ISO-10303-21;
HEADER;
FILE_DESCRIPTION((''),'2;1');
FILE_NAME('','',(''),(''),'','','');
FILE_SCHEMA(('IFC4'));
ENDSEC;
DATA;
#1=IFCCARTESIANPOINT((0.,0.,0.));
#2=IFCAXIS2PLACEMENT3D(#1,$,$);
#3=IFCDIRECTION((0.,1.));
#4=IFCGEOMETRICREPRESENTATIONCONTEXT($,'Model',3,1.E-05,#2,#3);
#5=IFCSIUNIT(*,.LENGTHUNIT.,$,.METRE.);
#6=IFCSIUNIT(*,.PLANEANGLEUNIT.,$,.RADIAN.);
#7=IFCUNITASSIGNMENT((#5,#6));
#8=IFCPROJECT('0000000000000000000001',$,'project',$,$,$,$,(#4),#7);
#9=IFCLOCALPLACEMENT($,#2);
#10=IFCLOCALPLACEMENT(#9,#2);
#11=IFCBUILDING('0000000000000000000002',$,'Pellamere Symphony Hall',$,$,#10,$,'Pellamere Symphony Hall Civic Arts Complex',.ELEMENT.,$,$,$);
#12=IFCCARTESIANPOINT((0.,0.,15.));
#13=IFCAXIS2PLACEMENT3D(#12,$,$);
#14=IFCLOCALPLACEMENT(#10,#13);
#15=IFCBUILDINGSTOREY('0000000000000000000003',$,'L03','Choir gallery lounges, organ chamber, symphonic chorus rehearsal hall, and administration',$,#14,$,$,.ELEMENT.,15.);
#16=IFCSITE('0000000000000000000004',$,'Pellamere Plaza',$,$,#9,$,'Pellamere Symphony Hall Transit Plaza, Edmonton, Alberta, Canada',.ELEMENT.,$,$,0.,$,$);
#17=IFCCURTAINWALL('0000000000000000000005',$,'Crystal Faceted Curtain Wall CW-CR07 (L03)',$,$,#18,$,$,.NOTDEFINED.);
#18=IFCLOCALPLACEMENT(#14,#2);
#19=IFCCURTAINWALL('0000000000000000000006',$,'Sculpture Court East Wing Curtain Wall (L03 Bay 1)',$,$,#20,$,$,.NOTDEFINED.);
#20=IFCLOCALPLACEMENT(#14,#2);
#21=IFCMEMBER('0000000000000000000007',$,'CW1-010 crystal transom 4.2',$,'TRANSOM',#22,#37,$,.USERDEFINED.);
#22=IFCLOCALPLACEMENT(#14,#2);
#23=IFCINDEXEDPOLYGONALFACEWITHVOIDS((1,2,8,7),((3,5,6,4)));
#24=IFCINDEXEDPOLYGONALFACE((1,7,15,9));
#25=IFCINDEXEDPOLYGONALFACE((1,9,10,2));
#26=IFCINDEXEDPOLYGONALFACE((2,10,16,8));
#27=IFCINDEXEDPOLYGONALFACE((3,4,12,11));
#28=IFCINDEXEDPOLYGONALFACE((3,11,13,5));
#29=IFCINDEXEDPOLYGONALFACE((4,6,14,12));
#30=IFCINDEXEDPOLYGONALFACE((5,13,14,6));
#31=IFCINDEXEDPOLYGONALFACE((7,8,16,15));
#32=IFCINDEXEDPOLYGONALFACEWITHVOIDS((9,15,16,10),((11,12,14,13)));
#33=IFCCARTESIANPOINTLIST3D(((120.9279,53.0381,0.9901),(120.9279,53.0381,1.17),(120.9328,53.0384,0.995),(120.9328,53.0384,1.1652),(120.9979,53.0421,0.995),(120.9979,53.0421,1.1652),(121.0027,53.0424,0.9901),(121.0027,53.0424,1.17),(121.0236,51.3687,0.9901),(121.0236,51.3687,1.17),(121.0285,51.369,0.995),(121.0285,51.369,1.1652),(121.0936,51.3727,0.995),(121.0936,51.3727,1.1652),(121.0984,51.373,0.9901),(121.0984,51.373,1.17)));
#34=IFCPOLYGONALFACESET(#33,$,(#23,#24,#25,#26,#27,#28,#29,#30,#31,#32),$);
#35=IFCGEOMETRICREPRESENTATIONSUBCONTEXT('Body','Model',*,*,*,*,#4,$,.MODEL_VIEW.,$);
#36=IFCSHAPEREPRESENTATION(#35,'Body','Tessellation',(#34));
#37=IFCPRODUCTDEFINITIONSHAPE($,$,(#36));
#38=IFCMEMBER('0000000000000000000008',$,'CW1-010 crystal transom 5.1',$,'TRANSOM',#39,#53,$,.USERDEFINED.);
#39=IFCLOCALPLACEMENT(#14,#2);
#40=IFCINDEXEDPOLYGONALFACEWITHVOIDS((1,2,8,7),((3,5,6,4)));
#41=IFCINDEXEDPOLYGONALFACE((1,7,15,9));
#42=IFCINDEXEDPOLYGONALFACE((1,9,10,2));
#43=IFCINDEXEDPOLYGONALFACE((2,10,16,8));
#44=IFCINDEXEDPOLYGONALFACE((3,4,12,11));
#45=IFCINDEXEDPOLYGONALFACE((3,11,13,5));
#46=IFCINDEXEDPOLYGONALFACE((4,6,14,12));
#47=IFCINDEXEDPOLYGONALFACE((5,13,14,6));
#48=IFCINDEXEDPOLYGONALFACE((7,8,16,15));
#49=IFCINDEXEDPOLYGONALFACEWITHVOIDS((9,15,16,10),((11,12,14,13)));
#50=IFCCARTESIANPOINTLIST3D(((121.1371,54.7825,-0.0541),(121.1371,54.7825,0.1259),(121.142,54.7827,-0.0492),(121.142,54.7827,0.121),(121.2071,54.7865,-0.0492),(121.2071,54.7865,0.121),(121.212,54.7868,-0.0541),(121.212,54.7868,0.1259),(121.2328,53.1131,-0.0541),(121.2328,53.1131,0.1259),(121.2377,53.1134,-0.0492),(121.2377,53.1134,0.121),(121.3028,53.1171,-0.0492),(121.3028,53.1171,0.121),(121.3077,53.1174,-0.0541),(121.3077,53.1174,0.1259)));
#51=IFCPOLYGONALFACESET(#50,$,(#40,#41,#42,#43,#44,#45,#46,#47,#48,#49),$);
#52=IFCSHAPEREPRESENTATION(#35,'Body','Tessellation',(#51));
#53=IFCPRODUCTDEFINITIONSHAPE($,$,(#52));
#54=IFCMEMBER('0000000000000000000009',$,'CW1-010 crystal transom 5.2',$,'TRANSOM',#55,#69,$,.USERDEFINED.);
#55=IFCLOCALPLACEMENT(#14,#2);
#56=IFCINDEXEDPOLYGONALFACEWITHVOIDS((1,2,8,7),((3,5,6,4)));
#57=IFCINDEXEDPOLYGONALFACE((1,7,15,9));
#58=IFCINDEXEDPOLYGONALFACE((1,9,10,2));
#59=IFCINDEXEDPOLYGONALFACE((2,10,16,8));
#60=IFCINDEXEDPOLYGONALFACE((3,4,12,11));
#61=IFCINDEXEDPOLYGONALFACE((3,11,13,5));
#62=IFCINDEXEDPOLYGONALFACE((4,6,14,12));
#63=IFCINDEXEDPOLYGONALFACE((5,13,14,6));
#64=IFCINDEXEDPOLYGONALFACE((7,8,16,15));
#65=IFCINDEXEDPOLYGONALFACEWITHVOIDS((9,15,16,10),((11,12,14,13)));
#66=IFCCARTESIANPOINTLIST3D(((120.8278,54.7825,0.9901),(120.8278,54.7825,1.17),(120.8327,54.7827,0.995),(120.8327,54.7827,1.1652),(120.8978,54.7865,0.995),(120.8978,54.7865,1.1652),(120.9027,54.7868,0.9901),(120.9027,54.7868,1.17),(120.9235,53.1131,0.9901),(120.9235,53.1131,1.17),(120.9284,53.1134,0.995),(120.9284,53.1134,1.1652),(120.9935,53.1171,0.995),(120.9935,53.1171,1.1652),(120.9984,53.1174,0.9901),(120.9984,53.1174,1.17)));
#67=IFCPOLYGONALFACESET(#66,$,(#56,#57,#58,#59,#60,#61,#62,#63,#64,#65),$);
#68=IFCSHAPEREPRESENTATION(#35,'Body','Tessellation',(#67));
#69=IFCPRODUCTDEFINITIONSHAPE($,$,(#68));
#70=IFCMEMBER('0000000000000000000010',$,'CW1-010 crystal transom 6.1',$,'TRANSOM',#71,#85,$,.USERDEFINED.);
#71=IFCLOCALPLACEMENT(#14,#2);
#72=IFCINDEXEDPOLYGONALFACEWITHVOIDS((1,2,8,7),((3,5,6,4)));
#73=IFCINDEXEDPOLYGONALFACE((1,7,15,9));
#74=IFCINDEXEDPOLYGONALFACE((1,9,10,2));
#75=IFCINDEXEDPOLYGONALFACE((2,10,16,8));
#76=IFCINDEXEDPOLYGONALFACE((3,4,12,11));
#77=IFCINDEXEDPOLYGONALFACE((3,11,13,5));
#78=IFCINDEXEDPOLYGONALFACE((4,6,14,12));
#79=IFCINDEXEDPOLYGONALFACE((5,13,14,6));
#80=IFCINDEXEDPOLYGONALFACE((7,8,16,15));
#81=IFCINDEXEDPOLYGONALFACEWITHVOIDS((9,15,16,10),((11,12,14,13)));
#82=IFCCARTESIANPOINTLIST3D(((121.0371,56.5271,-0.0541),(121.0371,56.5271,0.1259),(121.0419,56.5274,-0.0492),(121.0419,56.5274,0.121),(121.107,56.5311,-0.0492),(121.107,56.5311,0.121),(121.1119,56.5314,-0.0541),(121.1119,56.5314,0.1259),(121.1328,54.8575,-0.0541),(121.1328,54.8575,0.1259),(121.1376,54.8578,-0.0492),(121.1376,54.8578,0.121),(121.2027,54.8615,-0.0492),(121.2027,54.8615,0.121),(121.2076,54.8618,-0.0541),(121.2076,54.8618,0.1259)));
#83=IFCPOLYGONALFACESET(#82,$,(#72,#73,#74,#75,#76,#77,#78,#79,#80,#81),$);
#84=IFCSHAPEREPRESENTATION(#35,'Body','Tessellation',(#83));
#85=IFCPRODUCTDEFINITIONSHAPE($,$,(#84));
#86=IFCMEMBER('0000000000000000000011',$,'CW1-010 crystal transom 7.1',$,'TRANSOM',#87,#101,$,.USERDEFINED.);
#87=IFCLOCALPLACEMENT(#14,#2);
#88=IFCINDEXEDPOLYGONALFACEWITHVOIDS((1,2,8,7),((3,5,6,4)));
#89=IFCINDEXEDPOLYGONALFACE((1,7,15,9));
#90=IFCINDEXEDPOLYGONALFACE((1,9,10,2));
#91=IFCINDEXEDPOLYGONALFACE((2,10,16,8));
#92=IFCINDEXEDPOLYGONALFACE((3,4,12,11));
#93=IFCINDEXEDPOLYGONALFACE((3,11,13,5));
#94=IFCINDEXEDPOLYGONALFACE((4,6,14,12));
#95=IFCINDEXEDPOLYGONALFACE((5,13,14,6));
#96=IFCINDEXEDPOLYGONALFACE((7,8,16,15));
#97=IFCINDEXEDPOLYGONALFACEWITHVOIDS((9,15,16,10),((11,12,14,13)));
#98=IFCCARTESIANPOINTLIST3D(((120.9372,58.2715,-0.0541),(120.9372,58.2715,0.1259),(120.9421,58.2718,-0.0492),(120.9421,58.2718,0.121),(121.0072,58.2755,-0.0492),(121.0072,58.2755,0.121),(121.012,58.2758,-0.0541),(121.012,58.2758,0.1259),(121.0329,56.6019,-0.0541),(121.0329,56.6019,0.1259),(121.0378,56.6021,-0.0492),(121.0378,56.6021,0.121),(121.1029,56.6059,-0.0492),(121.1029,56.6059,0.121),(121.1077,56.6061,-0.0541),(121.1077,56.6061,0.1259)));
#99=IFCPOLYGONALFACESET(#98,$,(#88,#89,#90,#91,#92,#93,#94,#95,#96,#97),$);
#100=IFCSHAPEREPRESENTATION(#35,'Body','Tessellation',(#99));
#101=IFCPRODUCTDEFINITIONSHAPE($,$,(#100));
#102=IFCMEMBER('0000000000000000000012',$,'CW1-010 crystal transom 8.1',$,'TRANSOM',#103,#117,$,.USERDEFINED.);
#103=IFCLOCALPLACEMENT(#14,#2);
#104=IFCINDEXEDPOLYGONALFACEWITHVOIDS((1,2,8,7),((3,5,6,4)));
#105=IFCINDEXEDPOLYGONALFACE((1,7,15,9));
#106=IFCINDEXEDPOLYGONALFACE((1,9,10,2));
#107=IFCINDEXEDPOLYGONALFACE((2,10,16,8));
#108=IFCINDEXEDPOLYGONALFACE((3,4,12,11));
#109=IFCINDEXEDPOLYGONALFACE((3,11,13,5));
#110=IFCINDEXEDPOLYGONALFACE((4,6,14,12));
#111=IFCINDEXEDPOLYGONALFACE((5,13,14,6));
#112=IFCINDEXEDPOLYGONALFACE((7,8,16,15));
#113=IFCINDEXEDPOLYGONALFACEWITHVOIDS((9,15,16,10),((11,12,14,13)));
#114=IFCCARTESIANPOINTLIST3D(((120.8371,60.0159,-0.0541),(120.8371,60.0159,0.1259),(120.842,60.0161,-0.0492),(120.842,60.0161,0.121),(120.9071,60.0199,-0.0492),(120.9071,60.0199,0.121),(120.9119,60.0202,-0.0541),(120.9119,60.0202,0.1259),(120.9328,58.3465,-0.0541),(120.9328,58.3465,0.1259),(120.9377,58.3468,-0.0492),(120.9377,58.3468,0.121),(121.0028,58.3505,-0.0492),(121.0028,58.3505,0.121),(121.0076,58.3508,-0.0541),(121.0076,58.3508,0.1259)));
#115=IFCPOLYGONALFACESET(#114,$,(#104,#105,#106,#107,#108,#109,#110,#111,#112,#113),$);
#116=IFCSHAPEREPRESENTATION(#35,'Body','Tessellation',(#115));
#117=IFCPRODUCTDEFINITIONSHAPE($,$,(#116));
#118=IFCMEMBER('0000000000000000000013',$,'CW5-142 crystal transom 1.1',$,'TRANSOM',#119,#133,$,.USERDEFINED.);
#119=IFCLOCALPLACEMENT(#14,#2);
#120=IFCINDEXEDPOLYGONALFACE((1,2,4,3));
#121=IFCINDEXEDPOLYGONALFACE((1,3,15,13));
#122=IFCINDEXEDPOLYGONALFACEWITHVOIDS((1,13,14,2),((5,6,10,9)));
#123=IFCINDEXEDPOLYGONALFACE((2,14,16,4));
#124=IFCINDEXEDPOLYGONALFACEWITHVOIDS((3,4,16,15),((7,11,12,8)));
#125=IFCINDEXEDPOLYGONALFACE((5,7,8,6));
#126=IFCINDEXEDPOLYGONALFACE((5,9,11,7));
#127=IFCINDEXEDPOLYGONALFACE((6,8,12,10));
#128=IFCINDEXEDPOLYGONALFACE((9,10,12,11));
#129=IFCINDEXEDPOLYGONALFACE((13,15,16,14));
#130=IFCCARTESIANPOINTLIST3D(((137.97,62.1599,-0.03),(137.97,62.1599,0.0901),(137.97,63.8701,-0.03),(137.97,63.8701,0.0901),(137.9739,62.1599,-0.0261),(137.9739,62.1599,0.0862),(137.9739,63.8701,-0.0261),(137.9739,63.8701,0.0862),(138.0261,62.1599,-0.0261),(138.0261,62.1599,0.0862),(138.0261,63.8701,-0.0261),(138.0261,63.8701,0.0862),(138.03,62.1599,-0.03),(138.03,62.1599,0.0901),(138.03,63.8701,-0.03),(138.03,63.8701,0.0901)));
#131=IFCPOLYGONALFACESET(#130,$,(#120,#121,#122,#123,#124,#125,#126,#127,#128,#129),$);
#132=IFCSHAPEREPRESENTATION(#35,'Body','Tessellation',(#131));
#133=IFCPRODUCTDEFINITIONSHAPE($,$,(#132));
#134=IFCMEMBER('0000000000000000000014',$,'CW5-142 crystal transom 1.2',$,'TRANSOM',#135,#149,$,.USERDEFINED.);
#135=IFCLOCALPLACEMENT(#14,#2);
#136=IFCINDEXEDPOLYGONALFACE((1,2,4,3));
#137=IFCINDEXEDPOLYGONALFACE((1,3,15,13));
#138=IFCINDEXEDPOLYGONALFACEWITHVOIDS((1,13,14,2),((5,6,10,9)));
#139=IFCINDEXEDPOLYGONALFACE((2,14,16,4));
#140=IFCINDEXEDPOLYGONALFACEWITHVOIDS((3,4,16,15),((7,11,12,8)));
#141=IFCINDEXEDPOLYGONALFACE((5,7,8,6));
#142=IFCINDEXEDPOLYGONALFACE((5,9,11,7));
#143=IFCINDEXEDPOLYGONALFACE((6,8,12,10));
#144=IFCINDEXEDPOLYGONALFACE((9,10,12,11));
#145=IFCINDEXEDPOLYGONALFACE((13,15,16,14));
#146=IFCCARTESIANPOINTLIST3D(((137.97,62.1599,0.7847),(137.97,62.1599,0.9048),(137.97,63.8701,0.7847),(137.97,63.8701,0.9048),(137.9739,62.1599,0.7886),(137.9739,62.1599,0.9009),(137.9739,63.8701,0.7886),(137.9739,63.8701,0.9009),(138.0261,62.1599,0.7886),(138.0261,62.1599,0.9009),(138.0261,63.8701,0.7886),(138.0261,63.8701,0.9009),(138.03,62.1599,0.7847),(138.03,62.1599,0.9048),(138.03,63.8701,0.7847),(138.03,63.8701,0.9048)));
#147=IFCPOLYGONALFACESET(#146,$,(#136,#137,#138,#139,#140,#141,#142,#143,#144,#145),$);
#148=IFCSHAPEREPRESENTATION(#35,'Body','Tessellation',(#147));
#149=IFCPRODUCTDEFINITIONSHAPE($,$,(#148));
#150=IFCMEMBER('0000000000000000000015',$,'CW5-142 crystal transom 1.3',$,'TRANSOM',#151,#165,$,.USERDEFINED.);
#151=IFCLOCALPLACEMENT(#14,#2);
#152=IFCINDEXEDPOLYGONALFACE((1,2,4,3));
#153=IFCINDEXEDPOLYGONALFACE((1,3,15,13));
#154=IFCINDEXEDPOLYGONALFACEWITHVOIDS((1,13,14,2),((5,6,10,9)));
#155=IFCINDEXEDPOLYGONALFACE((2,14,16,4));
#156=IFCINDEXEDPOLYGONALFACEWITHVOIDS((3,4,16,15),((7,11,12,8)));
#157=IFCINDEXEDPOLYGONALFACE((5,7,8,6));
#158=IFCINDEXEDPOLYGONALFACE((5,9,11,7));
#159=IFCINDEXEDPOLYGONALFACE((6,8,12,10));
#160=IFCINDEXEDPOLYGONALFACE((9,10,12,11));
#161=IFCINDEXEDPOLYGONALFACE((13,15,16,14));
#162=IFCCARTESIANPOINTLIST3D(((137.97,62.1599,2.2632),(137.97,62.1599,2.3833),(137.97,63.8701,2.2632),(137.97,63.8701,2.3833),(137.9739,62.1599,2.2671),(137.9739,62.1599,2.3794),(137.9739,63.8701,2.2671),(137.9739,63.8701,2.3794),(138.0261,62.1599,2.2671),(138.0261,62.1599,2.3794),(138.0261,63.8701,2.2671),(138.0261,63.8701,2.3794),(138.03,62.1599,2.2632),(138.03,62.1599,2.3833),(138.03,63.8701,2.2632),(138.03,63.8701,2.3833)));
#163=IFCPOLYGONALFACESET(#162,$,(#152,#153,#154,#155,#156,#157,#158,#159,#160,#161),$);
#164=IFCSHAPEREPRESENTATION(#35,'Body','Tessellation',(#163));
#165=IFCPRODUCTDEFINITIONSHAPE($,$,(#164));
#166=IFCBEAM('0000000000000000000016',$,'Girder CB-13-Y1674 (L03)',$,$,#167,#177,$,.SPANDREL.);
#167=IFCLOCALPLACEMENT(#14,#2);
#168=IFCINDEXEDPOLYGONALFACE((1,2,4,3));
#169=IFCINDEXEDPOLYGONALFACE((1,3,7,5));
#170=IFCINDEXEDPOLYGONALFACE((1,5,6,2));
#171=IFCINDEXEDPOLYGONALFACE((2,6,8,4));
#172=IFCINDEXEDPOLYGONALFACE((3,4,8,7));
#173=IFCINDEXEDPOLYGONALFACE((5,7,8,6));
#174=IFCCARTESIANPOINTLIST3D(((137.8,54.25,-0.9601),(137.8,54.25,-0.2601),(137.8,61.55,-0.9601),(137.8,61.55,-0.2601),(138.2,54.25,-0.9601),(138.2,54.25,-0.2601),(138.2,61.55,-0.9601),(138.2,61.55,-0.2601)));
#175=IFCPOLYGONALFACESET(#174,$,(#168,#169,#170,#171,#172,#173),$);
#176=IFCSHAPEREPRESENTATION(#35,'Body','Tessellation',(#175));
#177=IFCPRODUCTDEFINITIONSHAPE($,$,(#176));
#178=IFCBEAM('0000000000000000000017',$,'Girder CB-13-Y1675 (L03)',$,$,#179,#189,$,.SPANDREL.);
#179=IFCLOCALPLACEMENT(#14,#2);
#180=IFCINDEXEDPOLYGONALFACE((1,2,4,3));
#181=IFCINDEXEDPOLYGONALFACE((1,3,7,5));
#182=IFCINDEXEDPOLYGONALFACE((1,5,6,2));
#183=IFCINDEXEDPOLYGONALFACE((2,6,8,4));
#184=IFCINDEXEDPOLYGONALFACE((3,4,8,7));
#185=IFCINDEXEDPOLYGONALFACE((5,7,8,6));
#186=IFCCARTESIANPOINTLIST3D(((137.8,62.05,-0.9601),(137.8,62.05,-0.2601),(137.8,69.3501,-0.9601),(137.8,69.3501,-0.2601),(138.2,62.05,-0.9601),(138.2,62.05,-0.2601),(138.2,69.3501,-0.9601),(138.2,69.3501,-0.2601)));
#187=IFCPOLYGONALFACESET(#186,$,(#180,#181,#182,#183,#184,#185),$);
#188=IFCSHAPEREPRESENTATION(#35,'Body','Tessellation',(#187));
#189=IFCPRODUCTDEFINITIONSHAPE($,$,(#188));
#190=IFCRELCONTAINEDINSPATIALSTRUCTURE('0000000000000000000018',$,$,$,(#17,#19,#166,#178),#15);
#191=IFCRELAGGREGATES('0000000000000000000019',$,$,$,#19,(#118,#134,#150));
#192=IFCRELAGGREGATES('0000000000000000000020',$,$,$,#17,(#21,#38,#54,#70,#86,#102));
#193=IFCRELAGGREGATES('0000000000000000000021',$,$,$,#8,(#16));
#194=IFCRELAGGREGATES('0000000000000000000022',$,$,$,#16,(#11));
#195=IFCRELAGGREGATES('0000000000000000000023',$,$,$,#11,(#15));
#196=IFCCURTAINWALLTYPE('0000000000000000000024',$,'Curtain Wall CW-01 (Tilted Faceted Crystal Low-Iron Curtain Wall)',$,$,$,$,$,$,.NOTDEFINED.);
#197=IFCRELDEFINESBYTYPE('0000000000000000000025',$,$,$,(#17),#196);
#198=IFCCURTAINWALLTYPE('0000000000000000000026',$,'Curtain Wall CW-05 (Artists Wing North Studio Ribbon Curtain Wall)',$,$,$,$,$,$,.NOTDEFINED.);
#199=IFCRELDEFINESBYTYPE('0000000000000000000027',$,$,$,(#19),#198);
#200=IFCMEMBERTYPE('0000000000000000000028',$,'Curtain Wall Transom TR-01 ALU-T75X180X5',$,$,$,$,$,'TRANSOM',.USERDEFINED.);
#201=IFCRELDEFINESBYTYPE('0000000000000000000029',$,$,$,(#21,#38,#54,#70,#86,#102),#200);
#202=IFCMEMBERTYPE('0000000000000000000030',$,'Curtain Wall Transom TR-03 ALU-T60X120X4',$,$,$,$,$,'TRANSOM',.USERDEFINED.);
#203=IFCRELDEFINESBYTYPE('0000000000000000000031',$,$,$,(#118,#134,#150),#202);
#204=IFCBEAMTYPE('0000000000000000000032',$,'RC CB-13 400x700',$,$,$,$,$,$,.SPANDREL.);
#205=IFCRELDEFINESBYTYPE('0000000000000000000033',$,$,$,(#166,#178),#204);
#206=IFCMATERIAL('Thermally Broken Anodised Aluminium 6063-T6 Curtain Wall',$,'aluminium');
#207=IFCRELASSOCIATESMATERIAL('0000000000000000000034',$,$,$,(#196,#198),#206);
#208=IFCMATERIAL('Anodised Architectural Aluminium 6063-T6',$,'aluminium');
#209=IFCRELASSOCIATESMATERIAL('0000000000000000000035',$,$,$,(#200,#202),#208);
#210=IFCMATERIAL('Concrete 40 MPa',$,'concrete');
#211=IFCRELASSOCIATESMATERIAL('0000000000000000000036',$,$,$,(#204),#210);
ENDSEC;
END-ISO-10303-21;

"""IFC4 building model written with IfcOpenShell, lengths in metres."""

from ifc_helpers import new_model, si_unit, direction, frame, origin, origin_2d, place, context, subcontext, project, spatial, rectangle, hollow_rectangle, extrude, material, material_profile, profile_set, type_object, element, aggregate, save


model = new_model("IFC4")

# Units and contexts
model_context = context("Model", 3, precision=1e-05, world=origin(), true_north=direction((0.0, 1.0)))
body_context = subcontext(model_context, "Body", "Model", "MODEL_VIEW")
ifc_project = project(units=[si_unit("LENGTHUNIT", "METRE"), si_unit("PLANEANGLEUNIT", "RADIAN")], contexts=[model_context])

# Site, building, storey
site_placement = place(None, origin())
site = spatial("IfcSite", under=ifc_project, at=site_placement, Name="Pellamere Plaza", LongName="Pellamere Symphony Hall Transit Plaza, Edmonton, Alberta, Canada", CompositionType="ELEMENT", RefElevation=0.0)
building_placement = place(site_placement, origin())
building = spatial("IfcBuilding", under=site, at=building_placement, Name="Pellamere Symphony Hall", LongName="Pellamere Symphony Hall Civic Arts Complex", CompositionType="ELEMENT")
storey_placement = place(building_placement, frame((0.0, 0.0, 15.0)))
storey = spatial("IfcBuildingStorey", under=building, at=storey_placement, Name="L03", Description="Choir gallery lounges, organ chamber, symphonic chorus rehearsal hall, and administration", CompositionType="ELEMENT", Elevation=15.0)

# Shared definitions
ifc_material_1 = material(Name="Concrete 40 MPa", Category="concrete")

# Curtain wall
ifc_material_2 = material(Name="Thermally Broken Anodised Aluminium 6063-T6 Curtain Wall", Category="aluminium")
curtain_wall_type_1 = type_object("IfcCurtainWallType", Name="Curtain Wall CW-01 (Tilted Faceted Crystal Low-Iron Curtain Wall)", PredefinedType="NOTDEFINED", material=ifc_material_2)
curtain_wall_1_placement = place(storey_placement, origin())
curtain_wall_1 = element("IfcCurtainWall", 1, at=curtain_wall_1_placement, inside=storey, type_object=curtain_wall_type_1, Name="Crystal Faceted Curtain Wall CW-CR07 (L03)", PredefinedType="NOTDEFINED")
ifc_material_3 = material(Name="Anodised Architectural Aluminium 6063-T6", Category="aluminium")

# Curtain wall
curtain_wall_type_2 = type_object("IfcCurtainWallType", Name="Curtain Wall CW-05 (Artists Wing North Studio Ribbon Curtain Wall)", PredefinedType="NOTDEFINED", material=ifc_material_2)
curtain_wall_2_placement = place(storey_placement, origin())
curtain_wall_2 = element("IfcCurtainWall", 2, at=curtain_wall_2_placement, inside=storey, type_object=curtain_wall_type_2, Name="Sculpture Court East Wing Curtain Wall (L03 Bay 1)", PredefinedType="NOTDEFINED")

# Members
ifc_material_profile_1 = material_profile(ifc_material_3, hollow_rectangle(XDim=0.075, YDim=0.1799, WallThickness=0.0049, at=origin_2d()), Name="ALU-T75X180X5")
ifc_profile_set_1 = profile_set([ifc_material_profile_1], Name="Anodised Architectural Aluminium 6063-T6")
member_type_1 = type_object("IfcMemberType", Name="Curtain Wall Transom TR-01 ALU-T75X180X5", ElementType="TRANSOM", PredefinedType="USERDEFINED", material=ifc_profile_set_1)
member_1_placement = place(storey_placement, frame((121.061, 51.3708, 1.0801), z_axis=(-0.057233, 0.998361, 0.0), x_axis=(-0.998361, -0.057233, 0.0)))
member_1 = element("IfcMember", 3, at=member_1_placement, type_object=member_type_1, Name="CW1-010 crystal transom 4.2", ObjectType="TRANSOM", PredefinedType="USERDEFINED", context=body_context, shape_type="SweptSolid", body=[
    extrude(hollow_rectangle(XDim=0.075, YDim=0.1799, WallThickness=0.0049, at=origin_2d()), origin(), (0.0, 0.0, 1.0), 1.6721),
])
member_2_placement = place(storey_placement, frame((121.2703, 53.1152, 0.0359), z_axis=(-0.057233, 0.998361, 0.0), x_axis=(-0.998361, -0.057233, 0.0)))
member_2 = element("IfcMember", 4, at=member_2_placement, type_object=member_type_1, Name="CW1-010 crystal transom 5.1", ObjectType="TRANSOM", PredefinedType="USERDEFINED", context=body_context, shape_type="SweptSolid", body=[
    extrude(hollow_rectangle(XDim=0.075, YDim=0.1799, WallThickness=0.0049, at=origin_2d()), origin(), (0.0, 0.0, 1.0), 1.6721),
])
member_3_placement = place(storey_placement, frame((120.9609, 53.1152, 1.0801), z_axis=(-0.057233, 0.998361, 0.0), x_axis=(-0.998361, -0.057233, 0.0)))
member_3 = element("IfcMember", 5, at=member_3_placement, type_object=member_type_1, Name="CW1-010 crystal transom 5.2", ObjectType="TRANSOM", PredefinedType="USERDEFINED", context=body_context, shape_type="SweptSolid", body=[
    extrude(hollow_rectangle(XDim=0.075, YDim=0.1799, WallThickness=0.0049, at=origin_2d()), origin(), (0.0, 0.0, 1.0), 1.6721),
])
member_4_placement = place(storey_placement, frame((121.1702, 54.8596, 0.0359), z_axis=(-0.057224, 0.998361, 0.0), x_axis=(-0.998361, -0.057224, 0.0)))
member_4 = element("IfcMember", 6, at=member_4_placement, type_object=member_type_1, Name="CW1-010 crystal transom 6.1", ObjectType="TRANSOM", PredefinedType="USERDEFINED", context=body_context, shape_type="SweptSolid", body=[
    extrude(hollow_rectangle(XDim=0.075, YDim=0.1799, WallThickness=0.0049, at=origin_2d()), origin(), (0.0, 0.0, 1.0), 1.6724),
])
member_5_placement = place(storey_placement, frame((121.0703, 56.604, 0.0359), z_axis=(-0.057224, 0.998361, 0.0), x_axis=(-0.998361, -0.057224, 0.0)))
member_5 = element("IfcMember", 7, at=member_5_placement, type_object=member_type_1, Name="CW1-010 crystal transom 7.1", ObjectType="TRANSOM", PredefinedType="USERDEFINED", context=body_context, shape_type="SweptSolid", body=[
    extrude(hollow_rectangle(XDim=0.075, YDim=0.1799, WallThickness=0.0049, at=origin_2d()), origin(), (0.0, 0.0, 1.0), 1.6724),
])
member_6_placement = place(storey_placement, frame((120.9702, 58.3486, 0.0359), z_axis=(-0.057233, 0.998361, 0.0), x_axis=(-0.998361, -0.057233, 0.0)))
member_6 = element("IfcMember", 8, at=member_6_placement, type_object=member_type_1, Name="CW1-010 crystal transom 8.1", ObjectType="TRANSOM", PredefinedType="USERDEFINED", context=body_context, shape_type="SweptSolid", body=[
    extrude(hollow_rectangle(XDim=0.075, YDim=0.1799, WallThickness=0.0049, at=origin_2d()), origin(), (0.0, 0.0, 1.0), 1.6721),
])
ifc_material_profile_2 = material_profile(ifc_material_3, hollow_rectangle(XDim=0.0601, YDim=0.1201, WallThickness=0.0039, at=origin_2d()), Name="ALU-T60X120X4")
ifc_profile_set_2 = profile_set([ifc_material_profile_2], Name="Anodised Architectural Aluminium 6063-T6")
member_type_2 = type_object("IfcMemberType", Name="Curtain Wall Transom TR-03 ALU-T60X120X4", ElementType="TRANSOM", PredefinedType="USERDEFINED", material=ifc_profile_set_2)
member_7_placement = place(storey_placement, frame((138.0, 62.1599, 0.03), z_axis=(0.0, 1.0, 0.0), x_axis=(-1.0, 0.0, 0.0)))
member_7 = element("IfcMember", 9, at=member_7_placement, type_object=member_type_2, Name="CW5-142 crystal transom 1.1", ObjectType="TRANSOM", PredefinedType="USERDEFINED", context=body_context, shape_type="SweptSolid", body=[
    extrude(hollow_rectangle(XDim=0.0601, YDim=0.1201, WallThickness=0.0039, at=origin_2d()), origin(), (0.0, 0.0, 1.0), 1.7102),
])
member_8_placement = place(storey_placement, frame((138.0, 62.1599, 0.8447), z_axis=(0.0, 1.0, 0.0), x_axis=(-1.0, 0.0, 0.0)))
member_8 = element("IfcMember", 10, at=member_8_placement, type_object=member_type_2, Name="CW5-142 crystal transom 1.2", ObjectType="TRANSOM", PredefinedType="USERDEFINED", context=body_context, shape_type="SweptSolid", body=[
    extrude(hollow_rectangle(XDim=0.0601, YDim=0.1201, WallThickness=0.0039, at=origin_2d()), origin(), (0.0, 0.0, 1.0), 1.7102),
])
member_9_placement = place(storey_placement, frame((138.0, 62.1599, 2.3232), z_axis=(0.0, 1.0, 0.0), x_axis=(-1.0, 0.0, 0.0)))
member_9 = element("IfcMember", 11, at=member_9_placement, type_object=member_type_2, Name="CW5-142 crystal transom 1.3", ObjectType="TRANSOM", PredefinedType="USERDEFINED", context=body_context, shape_type="SweptSolid", body=[
    extrude(hollow_rectangle(XDim=0.0601, YDim=0.1201, WallThickness=0.0039, at=origin_2d()), origin(), (0.0, 0.0, 1.0), 1.7102),
])
aggregate(curtain_wall_2, [member_7, member_8, member_9])

# Beams
ifc_material_profile_3 = material_profile(ifc_material_1, rectangle(XDim=0.3999, YDim=0.7, at=origin_2d()), Name="RC 400x700")
ifc_profile_set_3 = profile_set([ifc_material_profile_3], Name="Concrete 40 MPa")
beam_type_1 = type_object("IfcBeamType", Name="RC CB-13 400x700", PredefinedType="SPANDREL", material=ifc_profile_set_3)
for number, where, z_axis, x_axis, name in (
    (12, (138.0, 54.25, -0.6101), (0.0, 1.0, 0.0), (-1.0, 0.0, 0.0), "Girder CB-13-Y1674 (L03)"),
    (13, (138.0, 62.05, -0.6101), (0.0, 1.0, 0.0), (-1.0, 0.0, 0.0), "Girder CB-13-Y1675 (L03)"),
):
    element("IfcBeam", number, at=place(storey_placement, frame(where, z_axis=z_axis, x_axis=x_axis)), inside=storey, type_object=beam_type_1, Name=name, PredefinedType="SPANDREL", context=body_context, shape_type="SweptSolid", body=[
        extrude(rectangle(XDim=0.3999, YDim=0.7, at=origin_2d()), origin(), (0.0, 0.0, 1.0), 7.3),
    ])

aggregate(curtain_wall_1, [member_1, member_2, member_3, member_4, member_5, member_6])

save(model, "model.ifc")
